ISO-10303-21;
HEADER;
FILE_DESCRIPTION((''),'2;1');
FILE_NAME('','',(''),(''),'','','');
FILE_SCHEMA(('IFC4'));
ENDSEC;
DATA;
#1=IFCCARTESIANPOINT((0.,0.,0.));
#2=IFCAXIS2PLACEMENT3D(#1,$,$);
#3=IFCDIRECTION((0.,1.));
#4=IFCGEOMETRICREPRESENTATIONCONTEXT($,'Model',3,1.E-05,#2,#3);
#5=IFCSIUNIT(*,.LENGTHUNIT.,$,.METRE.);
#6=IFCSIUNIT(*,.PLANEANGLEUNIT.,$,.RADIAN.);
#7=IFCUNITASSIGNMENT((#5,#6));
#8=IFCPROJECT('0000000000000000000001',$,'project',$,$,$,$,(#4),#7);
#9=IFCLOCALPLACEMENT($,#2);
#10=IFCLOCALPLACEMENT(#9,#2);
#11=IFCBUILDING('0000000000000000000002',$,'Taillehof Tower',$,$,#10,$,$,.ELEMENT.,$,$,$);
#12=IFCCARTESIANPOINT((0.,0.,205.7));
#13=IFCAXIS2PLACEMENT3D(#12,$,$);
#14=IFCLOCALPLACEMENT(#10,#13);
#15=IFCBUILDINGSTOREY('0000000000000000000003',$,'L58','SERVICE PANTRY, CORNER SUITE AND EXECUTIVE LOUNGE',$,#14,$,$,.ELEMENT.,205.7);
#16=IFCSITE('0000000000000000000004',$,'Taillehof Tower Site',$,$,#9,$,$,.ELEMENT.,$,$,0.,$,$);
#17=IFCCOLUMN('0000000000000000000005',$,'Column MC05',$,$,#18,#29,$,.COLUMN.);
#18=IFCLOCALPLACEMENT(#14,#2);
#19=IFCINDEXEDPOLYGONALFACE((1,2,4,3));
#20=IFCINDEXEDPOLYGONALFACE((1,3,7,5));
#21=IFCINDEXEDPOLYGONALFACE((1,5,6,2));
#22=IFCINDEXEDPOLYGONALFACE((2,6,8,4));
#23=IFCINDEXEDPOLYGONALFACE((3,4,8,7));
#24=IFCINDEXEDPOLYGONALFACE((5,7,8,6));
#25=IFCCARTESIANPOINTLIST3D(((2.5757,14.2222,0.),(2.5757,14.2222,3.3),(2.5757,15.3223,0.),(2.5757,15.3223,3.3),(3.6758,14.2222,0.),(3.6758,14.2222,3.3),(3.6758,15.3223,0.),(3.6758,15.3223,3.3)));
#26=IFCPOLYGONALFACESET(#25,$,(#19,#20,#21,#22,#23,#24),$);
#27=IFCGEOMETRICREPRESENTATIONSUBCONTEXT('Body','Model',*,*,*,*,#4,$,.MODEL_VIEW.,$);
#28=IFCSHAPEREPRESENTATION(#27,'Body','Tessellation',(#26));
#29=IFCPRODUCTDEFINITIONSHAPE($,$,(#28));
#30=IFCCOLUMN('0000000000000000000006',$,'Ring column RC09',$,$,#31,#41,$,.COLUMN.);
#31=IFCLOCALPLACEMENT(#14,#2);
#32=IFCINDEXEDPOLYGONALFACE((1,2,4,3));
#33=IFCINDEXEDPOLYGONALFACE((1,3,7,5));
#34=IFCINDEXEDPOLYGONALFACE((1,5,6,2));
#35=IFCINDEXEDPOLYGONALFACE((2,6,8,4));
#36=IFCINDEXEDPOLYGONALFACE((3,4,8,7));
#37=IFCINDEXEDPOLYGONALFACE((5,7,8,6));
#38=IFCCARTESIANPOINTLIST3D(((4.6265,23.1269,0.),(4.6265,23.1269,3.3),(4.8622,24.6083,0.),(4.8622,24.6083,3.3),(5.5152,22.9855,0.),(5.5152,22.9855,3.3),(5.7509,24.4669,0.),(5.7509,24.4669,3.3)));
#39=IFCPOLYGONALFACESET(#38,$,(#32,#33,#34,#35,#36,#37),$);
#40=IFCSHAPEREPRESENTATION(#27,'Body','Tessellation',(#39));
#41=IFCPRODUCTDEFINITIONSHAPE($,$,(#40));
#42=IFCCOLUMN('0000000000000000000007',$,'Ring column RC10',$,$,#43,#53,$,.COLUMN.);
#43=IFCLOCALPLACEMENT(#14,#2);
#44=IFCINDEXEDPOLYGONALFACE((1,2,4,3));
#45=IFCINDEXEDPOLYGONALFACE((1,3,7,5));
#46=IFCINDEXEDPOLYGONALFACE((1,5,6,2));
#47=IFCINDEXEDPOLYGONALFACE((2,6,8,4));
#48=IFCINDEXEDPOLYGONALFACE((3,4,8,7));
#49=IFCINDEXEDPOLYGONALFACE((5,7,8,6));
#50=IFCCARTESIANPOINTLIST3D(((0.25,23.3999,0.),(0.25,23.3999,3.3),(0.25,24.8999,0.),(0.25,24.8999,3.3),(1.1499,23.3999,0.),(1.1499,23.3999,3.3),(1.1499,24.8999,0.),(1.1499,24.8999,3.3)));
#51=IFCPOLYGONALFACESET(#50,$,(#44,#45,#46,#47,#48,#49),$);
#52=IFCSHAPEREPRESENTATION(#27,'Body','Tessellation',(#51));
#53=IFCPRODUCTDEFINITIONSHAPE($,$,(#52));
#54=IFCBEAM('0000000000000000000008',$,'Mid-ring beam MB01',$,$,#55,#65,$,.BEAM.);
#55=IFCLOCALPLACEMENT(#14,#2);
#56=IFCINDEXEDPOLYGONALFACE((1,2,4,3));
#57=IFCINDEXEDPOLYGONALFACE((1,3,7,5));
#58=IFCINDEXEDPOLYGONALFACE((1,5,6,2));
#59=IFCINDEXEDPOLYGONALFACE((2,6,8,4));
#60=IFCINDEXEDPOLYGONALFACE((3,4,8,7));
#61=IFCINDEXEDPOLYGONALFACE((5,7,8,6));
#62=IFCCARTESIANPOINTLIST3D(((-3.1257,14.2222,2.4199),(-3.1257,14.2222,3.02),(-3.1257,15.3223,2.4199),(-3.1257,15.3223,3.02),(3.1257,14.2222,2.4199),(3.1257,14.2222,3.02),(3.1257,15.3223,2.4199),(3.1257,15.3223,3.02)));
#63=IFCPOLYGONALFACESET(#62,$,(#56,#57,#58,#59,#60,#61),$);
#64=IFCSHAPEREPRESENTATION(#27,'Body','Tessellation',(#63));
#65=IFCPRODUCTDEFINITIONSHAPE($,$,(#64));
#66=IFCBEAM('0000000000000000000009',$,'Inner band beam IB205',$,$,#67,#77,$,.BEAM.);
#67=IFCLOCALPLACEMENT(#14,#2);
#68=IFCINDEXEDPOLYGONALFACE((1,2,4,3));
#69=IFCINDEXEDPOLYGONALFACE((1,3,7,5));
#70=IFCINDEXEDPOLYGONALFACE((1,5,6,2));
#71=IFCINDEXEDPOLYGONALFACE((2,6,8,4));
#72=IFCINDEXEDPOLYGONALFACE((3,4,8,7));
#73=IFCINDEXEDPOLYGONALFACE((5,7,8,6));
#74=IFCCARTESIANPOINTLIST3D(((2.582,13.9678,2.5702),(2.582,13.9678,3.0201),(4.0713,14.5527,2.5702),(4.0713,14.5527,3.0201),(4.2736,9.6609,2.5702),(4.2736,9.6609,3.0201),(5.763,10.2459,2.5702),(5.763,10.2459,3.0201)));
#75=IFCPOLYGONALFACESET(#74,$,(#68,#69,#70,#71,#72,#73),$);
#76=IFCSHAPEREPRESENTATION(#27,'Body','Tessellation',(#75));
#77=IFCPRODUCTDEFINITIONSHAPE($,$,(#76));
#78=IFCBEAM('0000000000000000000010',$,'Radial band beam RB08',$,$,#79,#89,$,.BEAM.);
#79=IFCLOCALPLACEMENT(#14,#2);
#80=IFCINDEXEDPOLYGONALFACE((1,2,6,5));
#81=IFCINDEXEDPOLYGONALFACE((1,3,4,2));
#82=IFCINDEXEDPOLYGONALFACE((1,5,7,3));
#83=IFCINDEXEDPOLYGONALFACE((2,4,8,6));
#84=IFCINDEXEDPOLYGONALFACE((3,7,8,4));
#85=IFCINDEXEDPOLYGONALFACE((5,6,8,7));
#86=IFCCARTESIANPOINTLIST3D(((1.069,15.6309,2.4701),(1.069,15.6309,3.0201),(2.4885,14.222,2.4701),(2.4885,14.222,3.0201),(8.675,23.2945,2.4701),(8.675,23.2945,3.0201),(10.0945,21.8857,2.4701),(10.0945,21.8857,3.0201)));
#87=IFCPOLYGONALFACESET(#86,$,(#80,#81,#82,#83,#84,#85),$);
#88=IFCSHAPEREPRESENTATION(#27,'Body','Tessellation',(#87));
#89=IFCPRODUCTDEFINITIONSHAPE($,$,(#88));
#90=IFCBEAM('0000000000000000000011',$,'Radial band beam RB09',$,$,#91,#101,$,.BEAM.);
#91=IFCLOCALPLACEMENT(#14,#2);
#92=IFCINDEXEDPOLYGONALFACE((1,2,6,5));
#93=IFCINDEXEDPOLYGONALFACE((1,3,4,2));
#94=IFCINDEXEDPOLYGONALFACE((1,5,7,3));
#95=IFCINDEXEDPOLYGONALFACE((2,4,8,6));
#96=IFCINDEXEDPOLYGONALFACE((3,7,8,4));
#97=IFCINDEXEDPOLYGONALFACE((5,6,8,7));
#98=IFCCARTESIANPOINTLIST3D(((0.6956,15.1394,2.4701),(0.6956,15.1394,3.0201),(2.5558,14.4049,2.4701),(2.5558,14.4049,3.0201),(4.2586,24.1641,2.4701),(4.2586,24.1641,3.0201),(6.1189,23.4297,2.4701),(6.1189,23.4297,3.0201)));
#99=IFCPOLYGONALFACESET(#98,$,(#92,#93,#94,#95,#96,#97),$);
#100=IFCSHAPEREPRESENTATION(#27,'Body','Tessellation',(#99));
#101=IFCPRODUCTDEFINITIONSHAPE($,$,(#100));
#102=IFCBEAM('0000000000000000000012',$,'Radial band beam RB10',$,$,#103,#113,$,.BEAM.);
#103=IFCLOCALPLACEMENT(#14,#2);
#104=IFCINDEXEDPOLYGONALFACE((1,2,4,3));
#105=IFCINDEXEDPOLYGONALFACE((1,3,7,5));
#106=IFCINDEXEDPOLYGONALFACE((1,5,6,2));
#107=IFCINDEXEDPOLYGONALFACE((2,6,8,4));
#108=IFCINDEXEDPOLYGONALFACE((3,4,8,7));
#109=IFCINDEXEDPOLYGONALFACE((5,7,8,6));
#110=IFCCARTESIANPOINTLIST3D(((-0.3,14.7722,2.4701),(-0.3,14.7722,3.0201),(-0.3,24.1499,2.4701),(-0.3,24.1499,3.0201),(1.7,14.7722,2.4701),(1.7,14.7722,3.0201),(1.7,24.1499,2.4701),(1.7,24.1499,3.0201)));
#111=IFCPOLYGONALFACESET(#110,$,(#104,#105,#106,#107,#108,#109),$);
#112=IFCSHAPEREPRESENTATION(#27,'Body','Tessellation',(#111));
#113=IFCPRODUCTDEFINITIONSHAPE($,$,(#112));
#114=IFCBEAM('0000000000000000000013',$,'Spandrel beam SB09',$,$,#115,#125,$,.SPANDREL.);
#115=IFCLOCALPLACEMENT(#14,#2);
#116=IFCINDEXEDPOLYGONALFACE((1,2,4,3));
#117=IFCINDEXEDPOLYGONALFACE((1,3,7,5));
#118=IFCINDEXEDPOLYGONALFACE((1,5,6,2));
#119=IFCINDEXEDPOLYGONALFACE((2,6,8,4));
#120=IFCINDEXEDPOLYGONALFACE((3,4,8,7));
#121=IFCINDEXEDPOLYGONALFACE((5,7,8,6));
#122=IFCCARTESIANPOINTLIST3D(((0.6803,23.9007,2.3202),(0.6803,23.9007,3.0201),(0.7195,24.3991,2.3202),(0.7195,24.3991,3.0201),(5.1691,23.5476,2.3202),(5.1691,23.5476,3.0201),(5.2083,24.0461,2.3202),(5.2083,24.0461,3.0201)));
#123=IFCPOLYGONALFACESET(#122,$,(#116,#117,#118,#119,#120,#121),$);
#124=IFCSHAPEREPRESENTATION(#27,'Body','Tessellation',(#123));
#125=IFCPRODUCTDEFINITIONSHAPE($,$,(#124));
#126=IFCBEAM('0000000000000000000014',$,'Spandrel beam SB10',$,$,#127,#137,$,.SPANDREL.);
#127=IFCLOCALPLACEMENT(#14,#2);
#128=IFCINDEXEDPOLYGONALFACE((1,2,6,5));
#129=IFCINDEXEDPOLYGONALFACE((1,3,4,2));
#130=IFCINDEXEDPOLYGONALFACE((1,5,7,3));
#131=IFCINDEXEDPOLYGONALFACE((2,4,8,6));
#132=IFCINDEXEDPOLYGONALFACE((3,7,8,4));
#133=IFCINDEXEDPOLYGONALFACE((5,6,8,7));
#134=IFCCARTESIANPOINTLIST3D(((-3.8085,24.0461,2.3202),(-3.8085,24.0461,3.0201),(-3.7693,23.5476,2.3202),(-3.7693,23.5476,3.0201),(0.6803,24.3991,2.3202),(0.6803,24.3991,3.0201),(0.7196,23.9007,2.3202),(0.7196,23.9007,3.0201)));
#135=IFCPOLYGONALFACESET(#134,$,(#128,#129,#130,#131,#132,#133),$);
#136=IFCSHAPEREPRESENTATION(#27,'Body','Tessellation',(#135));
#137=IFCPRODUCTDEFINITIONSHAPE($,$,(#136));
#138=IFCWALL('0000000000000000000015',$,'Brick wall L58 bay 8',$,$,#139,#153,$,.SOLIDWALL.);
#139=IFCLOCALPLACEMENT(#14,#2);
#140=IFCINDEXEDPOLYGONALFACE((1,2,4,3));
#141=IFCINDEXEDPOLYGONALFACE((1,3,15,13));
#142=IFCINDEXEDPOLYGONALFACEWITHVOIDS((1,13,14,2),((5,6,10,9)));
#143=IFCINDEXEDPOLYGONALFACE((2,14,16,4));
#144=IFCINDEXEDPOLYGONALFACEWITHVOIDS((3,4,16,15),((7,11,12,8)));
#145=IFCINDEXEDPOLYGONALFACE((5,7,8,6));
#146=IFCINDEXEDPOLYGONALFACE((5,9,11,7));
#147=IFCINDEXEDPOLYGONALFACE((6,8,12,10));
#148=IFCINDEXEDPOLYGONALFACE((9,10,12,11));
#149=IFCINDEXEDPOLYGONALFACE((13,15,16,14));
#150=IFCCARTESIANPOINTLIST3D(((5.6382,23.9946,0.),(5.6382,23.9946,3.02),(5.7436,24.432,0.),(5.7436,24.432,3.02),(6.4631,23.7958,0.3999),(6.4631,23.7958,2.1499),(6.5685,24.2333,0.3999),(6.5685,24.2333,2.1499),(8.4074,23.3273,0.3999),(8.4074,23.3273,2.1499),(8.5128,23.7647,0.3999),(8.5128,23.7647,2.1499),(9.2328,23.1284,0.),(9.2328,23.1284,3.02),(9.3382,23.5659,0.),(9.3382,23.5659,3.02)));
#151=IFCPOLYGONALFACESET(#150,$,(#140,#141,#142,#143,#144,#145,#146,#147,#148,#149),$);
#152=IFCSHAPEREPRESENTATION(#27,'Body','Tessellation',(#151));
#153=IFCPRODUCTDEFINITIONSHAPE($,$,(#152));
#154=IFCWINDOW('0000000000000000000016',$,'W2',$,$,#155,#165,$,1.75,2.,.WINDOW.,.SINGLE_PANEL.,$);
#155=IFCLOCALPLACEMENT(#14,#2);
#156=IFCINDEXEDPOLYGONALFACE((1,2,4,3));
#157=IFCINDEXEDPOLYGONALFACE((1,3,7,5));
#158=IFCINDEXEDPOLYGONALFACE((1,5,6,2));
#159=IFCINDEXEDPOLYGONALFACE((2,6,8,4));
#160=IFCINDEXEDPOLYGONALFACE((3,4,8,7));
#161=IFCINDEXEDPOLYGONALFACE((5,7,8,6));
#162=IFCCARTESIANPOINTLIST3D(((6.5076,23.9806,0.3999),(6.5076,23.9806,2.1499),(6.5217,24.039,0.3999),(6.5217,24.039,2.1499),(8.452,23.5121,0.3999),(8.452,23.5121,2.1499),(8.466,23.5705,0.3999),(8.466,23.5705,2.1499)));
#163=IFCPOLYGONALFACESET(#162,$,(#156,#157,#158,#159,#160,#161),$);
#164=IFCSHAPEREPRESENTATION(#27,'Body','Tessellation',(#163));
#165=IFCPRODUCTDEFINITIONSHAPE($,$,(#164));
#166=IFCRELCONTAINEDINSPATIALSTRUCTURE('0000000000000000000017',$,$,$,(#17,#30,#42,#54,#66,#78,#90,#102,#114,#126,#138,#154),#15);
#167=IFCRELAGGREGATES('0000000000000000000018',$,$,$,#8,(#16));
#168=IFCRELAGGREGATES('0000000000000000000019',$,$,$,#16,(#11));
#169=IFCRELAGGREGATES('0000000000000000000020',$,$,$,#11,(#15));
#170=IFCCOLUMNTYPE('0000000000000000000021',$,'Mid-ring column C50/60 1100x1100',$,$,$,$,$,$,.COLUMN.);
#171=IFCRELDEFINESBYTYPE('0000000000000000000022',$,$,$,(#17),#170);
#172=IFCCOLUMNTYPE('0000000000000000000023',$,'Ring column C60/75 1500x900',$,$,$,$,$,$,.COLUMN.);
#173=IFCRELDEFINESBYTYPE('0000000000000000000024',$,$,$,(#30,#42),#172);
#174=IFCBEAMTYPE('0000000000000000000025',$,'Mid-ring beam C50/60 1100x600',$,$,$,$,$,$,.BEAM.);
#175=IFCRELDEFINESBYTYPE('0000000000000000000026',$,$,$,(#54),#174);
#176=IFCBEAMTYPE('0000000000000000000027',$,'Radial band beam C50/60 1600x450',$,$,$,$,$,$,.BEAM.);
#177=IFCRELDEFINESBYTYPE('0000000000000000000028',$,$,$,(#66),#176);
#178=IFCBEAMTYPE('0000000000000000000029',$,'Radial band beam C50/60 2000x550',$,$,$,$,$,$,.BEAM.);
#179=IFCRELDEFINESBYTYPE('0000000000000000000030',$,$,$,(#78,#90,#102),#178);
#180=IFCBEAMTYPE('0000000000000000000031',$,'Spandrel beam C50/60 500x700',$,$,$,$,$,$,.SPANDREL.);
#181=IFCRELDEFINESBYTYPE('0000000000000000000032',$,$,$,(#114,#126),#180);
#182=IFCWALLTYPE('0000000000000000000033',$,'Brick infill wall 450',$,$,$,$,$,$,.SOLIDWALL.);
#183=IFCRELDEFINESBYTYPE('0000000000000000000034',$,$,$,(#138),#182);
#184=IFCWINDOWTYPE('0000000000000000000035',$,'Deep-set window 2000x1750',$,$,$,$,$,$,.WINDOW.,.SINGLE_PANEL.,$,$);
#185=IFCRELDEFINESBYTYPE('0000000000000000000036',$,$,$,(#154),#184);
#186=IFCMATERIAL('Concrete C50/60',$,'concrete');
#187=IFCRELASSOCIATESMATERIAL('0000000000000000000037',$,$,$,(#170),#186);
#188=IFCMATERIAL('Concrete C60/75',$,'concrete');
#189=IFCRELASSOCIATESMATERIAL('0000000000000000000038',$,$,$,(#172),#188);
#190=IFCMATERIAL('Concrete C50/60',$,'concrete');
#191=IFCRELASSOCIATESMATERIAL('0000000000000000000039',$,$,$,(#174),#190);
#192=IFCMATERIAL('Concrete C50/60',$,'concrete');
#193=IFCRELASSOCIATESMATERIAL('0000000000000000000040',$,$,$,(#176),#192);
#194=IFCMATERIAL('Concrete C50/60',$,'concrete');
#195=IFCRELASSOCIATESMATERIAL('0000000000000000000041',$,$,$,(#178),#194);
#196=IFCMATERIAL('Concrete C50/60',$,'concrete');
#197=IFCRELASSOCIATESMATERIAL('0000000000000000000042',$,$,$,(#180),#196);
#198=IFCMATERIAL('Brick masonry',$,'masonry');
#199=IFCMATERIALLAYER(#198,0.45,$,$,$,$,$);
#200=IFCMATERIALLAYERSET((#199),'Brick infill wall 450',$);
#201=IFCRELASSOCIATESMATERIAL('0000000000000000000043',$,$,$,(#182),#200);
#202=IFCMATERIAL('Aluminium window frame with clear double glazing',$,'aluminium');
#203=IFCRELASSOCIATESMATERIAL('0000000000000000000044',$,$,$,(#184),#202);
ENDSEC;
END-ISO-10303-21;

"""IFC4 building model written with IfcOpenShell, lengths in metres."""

from ifc_helpers import new_model, si_unit, direction, frame, frame_2d, origin, origin_2d, place, context, subcontext, project, spatial, rectangle, extrude, material, layer, layer_set, material_profile, profile_set, type_object, element, fill, save


model = new_model("IFC4")

# Units and contexts
model_context = context("Model", 3, precision=1e-05, world=origin(), true_north=direction((0.0, 1.0)))
body_context = subcontext(model_context, "Body", "Model", "MODEL_VIEW")
ifc_project = project(units=[si_unit("LENGTHUNIT", "METRE"), si_unit("PLANEANGLEUNIT", "RADIAN")], contexts=[model_context])

# Site, building, storey
site_placement = place(None, origin())
site = spatial("IfcSite", under=ifc_project, at=site_placement, Name="Taillehof Tower Site", CompositionType="ELEMENT", RefElevation=0.0)
building_placement = place(site_placement, origin())
building = spatial("IfcBuilding", under=site, at=building_placement, Name="Taillehof Tower", CompositionType="ELEMENT")
storey_placement = place(building_placement, frame((0.0, 0.0, 205.7)))
storey = spatial("IfcBuildingStorey", under=building, at=storey_placement, Name="L58", Description="SERVICE PANTRY, CORNER SUITE AND EXECUTIVE LOUNGE", CompositionType="ELEMENT", Elevation=205.7)

# Columns
ifc_material_1 = material(Name="Concrete C50/60", Category="concrete")
ifc_material_profile_1 = material_profile(ifc_material_1, rectangle(XDim=1.1001, YDim=1.1001, at=origin_2d()), Name="RC 1100x1100")
ifc_profile_set_1 = profile_set([ifc_material_profile_1], Name="Concrete C50/60")
column_type_1 = type_object("IfcColumnType", Name="Mid-ring column C50/60 1100x1100", PredefinedType="COLUMN", material=ifc_profile_set_1)
column_placement = place(storey_placement, frame((3.1257, 14.7722, 0.0), z_axis=(0.0, 0.0, 1.0), x_axis=(1.0, 0.0, 0.0)))
element("IfcColumn", 1, at=column_placement, inside=storey, type_object=column_type_1, Name="Column MC05", PredefinedType="COLUMN", context=body_context, shape_type="SweptSolid", body=[
    extrude(rectangle(XDim=1.1001, YDim=1.1001, at=origin_2d()), origin(), (0.0, 0.0, 1.0), 3.3),
])
ifc_material_2 = material(Name="Concrete C60/75", Category="concrete")
ifc_material_profile_2 = material_profile(ifc_material_2, rectangle(XDim=1.5, YDim=0.8999, at=origin_2d()), Name="RC 1500x900")
ifc_profile_set_2 = profile_set([ifc_material_profile_2], Name="Concrete C60/75")
column_type_2 = type_object("IfcColumnType", Name="Ring column C60/75 1500x900", PredefinedType="COLUMN", material=ifc_profile_set_2)
for number, where, z_axis, x_axis, name in (
    (2, (5.1887, 23.7969, 0.0), (0.0, 0.0, 1.0), (0.157116, 0.98758, 0.0), "Ring column RC09"),
    (3, (0.7, 24.1499, 0.0), (0.0, 0.0, 1.0), (0.0, 1.0, 0.0), "Ring column RC10"),
):
    element("IfcColumn", number, at=place(storey_placement, frame(where, z_axis=z_axis, x_axis=x_axis)), inside=storey, type_object=column_type_2, Name=name, PredefinedType="COLUMN", context=body_context, shape_type="SweptSolid", body=[
        extrude(rectangle(XDim=1.5, YDim=0.8999, at=origin_2d()), origin(), (0.0, 0.0, 1.0), 3.3),
    ])

# Beams
ifc_material_3 = material(Name="Concrete C50/60", Category="concrete")
ifc_material_profile_3 = material_profile(ifc_material_3, rectangle(XDim=1.1001, YDim=0.6001, at=origin_2d()), Name="RC 1100x600")
ifc_profile_set_3 = profile_set([ifc_material_profile_3], Name="Concrete C50/60")
beam_type_1 = type_object("IfcBeamType", Name="Mid-ring beam C50/60 1100x600", PredefinedType="BEAM", material=ifc_profile_set_3)
beam_1_placement = place(storey_placement, frame((3.1257, 14.7722, 2.72), z_axis=(-1.0, 0.0, 0.0), x_axis=(0.0, -1.0, 0.0)))
element("IfcBeam", 4, at=beam_1_placement, inside=storey, type_object=beam_type_1, Name="Mid-ring beam MB01", PredefinedType="BEAM", context=body_context, shape_type="SweptSolid", body=[
    extrude(rectangle(XDim=1.1001, YDim=0.6001, at=origin_2d()), origin(), (0.0, 0.0, 1.0), 6.2515),
])
ifc_material_4 = material(Name="Concrete C50/60", Category="concrete")
ifc_material_profile_4 = material_profile(ifc_material_4, rectangle(XDim=1.6001, YDim=0.45, at=origin_2d()), Name="RC 1600x450")
ifc_profile_set_4 = profile_set([ifc_material_profile_4], Name="Concrete C50/60")
beam_type_2 = type_object("IfcBeamType", Name="Radial band beam C50/60 1600x450", PredefinedType="BEAM", material=ifc_profile_set_4)
beam_2_placement = place(storey_placement, frame((3.3267, 14.2603, 2.7952), z_axis=(0.365589, -0.930777, 0.0), x_axis=(0.930777, 0.365589, 0.0)))
element("IfcBeam", 5, at=beam_2_placement, inside=storey, type_object=beam_type_2, Name="Inner band beam IB205", PredefinedType="BEAM", context=body_context, shape_type="SweptSolid", body=[
    extrude(rectangle(XDim=1.6001, YDim=0.45, at=origin_2d()), origin(), (0.0, 0.0, 1.0), 4.6272),
])
ifc_material_5 = material(Name="Concrete C50/60", Category="concrete")
ifc_material_profile_5 = material_profile(ifc_material_5, rectangle(XDim=2.0, YDim=0.55, at=origin_2d()), Name="RC 2000x550")
ifc_profile_set_5 = profile_set([ifc_material_profile_5], Name="Concrete C50/60")
beam_type_3 = type_object("IfcBeamType", Name="Radial band beam C50/60 2000x550", PredefinedType="BEAM", material=ifc_profile_set_5)
beam_3_placement = place(storey_placement, frame((9.3848, 22.5901, 2.7451), z_axis=(-0.704434, -0.70977, 0.0), x_axis=(0.70977, -0.704434, 0.0)))
element("IfcBeam", 6, at=beam_3_placement, inside=storey, type_object=beam_type_3, Name="Radial band beam RB08", PredefinedType="BEAM", context=body_context, shape_type="SweptSolid", body=[
    extrude(rectangle(XDim=2.0, YDim=0.55, at=origin_2d()), origin(), (0.0, 0.0, 1.0), 10.7974),
])
beam_4_placement = place(storey_placement, frame((5.1887, 23.7969, 2.7451), z_axis=(-0.367222, -0.930133, 0.0), x_axis=(0.930133, -0.367222, 0.0)))
element("IfcBeam", 7, at=beam_4_placement, inside=storey, type_object=beam_type_3, Name="Radial band beam RB09", PredefinedType="BEAM", context=body_context, shape_type="SweptSolid", body=[
    extrude(rectangle(XDim=2.0, YDim=0.55, at=origin_2d()), origin(), (0.0, 0.0, 1.0), 9.7026),
])
beam_5_placement = place(storey_placement, frame((0.7, 24.1499, 2.7451), z_axis=(0.0, -1.0, 0.0), x_axis=(1.0, 0.0, 0.0)))
element("IfcBeam", 8, at=beam_5_placement, inside=storey, type_object=beam_type_3, Name="Radial band beam RB10", PredefinedType="BEAM", context=body_context, shape_type="SweptSolid", body=[
    extrude(rectangle(XDim=2.0, YDim=0.55, at=origin_2d()), origin(), (0.0, 0.0, 1.0), 9.3777),
])
ifc_material_6 = material(Name="Concrete C50/60", Category="concrete")
ifc_material_profile_6 = material_profile(ifc_material_6, rectangle(XDim=0.5, YDim=0.7, at=origin_2d()), Name="RC 500x700")
ifc_profile_set_6 = profile_set([ifc_material_profile_6], Name="Concrete C50/60")
beam_type_4 = type_object("IfcBeamType", Name="Spandrel beam C50/60 500x700", PredefinedType="SPANDREL", material=ifc_profile_set_6)
for number, where, z_axis, x_axis, name in (
    (9, (5.1887, 23.7969, 2.6702), (-0.996922, 0.078405, 0.0), (-0.078405, -0.996922, 0.0), "Spandrel beam SB09"),
    (10, (0.7, 24.1499, 2.6702), (-0.996922, -0.078405, 0.0), (0.078405, -0.996922, 0.0), "Spandrel beam SB10"),
):
    element("IfcBeam", number, at=place(storey_placement, frame(where, z_axis=z_axis, x_axis=x_axis)), inside=storey, type_object=beam_type_4, Name=name, PredefinedType="SPANDREL", context=body_context, shape_type="SweptSolid", body=[
        extrude(rectangle(XDim=0.5, YDim=0.7, at=origin_2d()), origin(), (0.0, 0.0, 1.0), 4.5027),
    ])

# Wall, opening, window
ifc_material_7 = material(Name="Brick masonry", Category="masonry")
ifc_layer_1 = layer(ifc_material_7, 0.45)
ifc_layer_set_1 = layer_set([ifc_layer_1], Name="Brick infill wall 450")
wall_type_1 = type_object("IfcWallType", Name="Brick infill wall 450", PredefinedType="SOLIDWALL", material=ifc_layer_set_1)
wall_1_placement = place(storey_placement, frame((9.2854, 23.3472, 0.0), z_axis=(0.0, 0.0, 1.0), x_axis=(-0.972174, 0.234262, 0.0)))
wall_1 = element("IfcWall", 11, at=wall_1_placement, inside=storey, type_object=wall_type_1, Name="Brick wall L58 bay 8", PredefinedType="SOLIDWALL", context=body_context, shape_type="SweptSolid", body=[
    extrude(rectangle(XDim=3.6975, YDim=0.45, at=frame_2d((1.8486, 0.0))), origin(), (0.0, 0.0, 1.0), 3.02),
])
opening_1_placement = place(wall_1_placement, frame((0.8489, 0.0, 0.3999)))
opening_1 = element("IfcOpeningElement", 12, at=opening_1_placement, cuts=wall_1, PredefinedType="OPENING", context=body_context, shape_type="SweptSolid", body=[
    extrude(rectangle(XDim=2.0, YDim=1.75, at=frame_2d((1.0, 0.875))), frame((0.0, 0.2349, 0.0), z_axis=(0.0, -1.0, 0.0), x_axis=(1.0, 0.0, 0.0)), (0.0, 0.0, 1.0), 0.47),
])
ifc_material_8 = material(Name="Aluminium window frame with clear double glazing", Category="aluminium")
window_type = type_object("IfcWindowType", Name="Deep-set window 2000x1750", PartitioningType="SINGLE_PANEL", PredefinedType="WINDOW", material=ifc_material_8)
window_1_placement = place(opening_1_placement, origin())
window_1 = element("IfcWindow", 13, at=window_1_placement, inside=storey, type_object=window_type, Name="W2", OverallHeight=1.75, OverallWidth=2.0, PartitioningType="SINGLE_PANEL", PredefinedType="WINDOW", context=body_context, shape_type="SweptSolid", body=[
    extrude(rectangle(XDim=2.0, YDim=1.75, at=frame_2d((1.0, 0.875))), frame((0.0, 0.0349, 0.0), z_axis=(0.0, -1.0, 0.0), x_axis=(1.0, 0.0, 0.0)), (0.0, 0.0, 1.0), 0.0601),
])
fill(opening_1, window_1)

save(model, "model.ifc")
